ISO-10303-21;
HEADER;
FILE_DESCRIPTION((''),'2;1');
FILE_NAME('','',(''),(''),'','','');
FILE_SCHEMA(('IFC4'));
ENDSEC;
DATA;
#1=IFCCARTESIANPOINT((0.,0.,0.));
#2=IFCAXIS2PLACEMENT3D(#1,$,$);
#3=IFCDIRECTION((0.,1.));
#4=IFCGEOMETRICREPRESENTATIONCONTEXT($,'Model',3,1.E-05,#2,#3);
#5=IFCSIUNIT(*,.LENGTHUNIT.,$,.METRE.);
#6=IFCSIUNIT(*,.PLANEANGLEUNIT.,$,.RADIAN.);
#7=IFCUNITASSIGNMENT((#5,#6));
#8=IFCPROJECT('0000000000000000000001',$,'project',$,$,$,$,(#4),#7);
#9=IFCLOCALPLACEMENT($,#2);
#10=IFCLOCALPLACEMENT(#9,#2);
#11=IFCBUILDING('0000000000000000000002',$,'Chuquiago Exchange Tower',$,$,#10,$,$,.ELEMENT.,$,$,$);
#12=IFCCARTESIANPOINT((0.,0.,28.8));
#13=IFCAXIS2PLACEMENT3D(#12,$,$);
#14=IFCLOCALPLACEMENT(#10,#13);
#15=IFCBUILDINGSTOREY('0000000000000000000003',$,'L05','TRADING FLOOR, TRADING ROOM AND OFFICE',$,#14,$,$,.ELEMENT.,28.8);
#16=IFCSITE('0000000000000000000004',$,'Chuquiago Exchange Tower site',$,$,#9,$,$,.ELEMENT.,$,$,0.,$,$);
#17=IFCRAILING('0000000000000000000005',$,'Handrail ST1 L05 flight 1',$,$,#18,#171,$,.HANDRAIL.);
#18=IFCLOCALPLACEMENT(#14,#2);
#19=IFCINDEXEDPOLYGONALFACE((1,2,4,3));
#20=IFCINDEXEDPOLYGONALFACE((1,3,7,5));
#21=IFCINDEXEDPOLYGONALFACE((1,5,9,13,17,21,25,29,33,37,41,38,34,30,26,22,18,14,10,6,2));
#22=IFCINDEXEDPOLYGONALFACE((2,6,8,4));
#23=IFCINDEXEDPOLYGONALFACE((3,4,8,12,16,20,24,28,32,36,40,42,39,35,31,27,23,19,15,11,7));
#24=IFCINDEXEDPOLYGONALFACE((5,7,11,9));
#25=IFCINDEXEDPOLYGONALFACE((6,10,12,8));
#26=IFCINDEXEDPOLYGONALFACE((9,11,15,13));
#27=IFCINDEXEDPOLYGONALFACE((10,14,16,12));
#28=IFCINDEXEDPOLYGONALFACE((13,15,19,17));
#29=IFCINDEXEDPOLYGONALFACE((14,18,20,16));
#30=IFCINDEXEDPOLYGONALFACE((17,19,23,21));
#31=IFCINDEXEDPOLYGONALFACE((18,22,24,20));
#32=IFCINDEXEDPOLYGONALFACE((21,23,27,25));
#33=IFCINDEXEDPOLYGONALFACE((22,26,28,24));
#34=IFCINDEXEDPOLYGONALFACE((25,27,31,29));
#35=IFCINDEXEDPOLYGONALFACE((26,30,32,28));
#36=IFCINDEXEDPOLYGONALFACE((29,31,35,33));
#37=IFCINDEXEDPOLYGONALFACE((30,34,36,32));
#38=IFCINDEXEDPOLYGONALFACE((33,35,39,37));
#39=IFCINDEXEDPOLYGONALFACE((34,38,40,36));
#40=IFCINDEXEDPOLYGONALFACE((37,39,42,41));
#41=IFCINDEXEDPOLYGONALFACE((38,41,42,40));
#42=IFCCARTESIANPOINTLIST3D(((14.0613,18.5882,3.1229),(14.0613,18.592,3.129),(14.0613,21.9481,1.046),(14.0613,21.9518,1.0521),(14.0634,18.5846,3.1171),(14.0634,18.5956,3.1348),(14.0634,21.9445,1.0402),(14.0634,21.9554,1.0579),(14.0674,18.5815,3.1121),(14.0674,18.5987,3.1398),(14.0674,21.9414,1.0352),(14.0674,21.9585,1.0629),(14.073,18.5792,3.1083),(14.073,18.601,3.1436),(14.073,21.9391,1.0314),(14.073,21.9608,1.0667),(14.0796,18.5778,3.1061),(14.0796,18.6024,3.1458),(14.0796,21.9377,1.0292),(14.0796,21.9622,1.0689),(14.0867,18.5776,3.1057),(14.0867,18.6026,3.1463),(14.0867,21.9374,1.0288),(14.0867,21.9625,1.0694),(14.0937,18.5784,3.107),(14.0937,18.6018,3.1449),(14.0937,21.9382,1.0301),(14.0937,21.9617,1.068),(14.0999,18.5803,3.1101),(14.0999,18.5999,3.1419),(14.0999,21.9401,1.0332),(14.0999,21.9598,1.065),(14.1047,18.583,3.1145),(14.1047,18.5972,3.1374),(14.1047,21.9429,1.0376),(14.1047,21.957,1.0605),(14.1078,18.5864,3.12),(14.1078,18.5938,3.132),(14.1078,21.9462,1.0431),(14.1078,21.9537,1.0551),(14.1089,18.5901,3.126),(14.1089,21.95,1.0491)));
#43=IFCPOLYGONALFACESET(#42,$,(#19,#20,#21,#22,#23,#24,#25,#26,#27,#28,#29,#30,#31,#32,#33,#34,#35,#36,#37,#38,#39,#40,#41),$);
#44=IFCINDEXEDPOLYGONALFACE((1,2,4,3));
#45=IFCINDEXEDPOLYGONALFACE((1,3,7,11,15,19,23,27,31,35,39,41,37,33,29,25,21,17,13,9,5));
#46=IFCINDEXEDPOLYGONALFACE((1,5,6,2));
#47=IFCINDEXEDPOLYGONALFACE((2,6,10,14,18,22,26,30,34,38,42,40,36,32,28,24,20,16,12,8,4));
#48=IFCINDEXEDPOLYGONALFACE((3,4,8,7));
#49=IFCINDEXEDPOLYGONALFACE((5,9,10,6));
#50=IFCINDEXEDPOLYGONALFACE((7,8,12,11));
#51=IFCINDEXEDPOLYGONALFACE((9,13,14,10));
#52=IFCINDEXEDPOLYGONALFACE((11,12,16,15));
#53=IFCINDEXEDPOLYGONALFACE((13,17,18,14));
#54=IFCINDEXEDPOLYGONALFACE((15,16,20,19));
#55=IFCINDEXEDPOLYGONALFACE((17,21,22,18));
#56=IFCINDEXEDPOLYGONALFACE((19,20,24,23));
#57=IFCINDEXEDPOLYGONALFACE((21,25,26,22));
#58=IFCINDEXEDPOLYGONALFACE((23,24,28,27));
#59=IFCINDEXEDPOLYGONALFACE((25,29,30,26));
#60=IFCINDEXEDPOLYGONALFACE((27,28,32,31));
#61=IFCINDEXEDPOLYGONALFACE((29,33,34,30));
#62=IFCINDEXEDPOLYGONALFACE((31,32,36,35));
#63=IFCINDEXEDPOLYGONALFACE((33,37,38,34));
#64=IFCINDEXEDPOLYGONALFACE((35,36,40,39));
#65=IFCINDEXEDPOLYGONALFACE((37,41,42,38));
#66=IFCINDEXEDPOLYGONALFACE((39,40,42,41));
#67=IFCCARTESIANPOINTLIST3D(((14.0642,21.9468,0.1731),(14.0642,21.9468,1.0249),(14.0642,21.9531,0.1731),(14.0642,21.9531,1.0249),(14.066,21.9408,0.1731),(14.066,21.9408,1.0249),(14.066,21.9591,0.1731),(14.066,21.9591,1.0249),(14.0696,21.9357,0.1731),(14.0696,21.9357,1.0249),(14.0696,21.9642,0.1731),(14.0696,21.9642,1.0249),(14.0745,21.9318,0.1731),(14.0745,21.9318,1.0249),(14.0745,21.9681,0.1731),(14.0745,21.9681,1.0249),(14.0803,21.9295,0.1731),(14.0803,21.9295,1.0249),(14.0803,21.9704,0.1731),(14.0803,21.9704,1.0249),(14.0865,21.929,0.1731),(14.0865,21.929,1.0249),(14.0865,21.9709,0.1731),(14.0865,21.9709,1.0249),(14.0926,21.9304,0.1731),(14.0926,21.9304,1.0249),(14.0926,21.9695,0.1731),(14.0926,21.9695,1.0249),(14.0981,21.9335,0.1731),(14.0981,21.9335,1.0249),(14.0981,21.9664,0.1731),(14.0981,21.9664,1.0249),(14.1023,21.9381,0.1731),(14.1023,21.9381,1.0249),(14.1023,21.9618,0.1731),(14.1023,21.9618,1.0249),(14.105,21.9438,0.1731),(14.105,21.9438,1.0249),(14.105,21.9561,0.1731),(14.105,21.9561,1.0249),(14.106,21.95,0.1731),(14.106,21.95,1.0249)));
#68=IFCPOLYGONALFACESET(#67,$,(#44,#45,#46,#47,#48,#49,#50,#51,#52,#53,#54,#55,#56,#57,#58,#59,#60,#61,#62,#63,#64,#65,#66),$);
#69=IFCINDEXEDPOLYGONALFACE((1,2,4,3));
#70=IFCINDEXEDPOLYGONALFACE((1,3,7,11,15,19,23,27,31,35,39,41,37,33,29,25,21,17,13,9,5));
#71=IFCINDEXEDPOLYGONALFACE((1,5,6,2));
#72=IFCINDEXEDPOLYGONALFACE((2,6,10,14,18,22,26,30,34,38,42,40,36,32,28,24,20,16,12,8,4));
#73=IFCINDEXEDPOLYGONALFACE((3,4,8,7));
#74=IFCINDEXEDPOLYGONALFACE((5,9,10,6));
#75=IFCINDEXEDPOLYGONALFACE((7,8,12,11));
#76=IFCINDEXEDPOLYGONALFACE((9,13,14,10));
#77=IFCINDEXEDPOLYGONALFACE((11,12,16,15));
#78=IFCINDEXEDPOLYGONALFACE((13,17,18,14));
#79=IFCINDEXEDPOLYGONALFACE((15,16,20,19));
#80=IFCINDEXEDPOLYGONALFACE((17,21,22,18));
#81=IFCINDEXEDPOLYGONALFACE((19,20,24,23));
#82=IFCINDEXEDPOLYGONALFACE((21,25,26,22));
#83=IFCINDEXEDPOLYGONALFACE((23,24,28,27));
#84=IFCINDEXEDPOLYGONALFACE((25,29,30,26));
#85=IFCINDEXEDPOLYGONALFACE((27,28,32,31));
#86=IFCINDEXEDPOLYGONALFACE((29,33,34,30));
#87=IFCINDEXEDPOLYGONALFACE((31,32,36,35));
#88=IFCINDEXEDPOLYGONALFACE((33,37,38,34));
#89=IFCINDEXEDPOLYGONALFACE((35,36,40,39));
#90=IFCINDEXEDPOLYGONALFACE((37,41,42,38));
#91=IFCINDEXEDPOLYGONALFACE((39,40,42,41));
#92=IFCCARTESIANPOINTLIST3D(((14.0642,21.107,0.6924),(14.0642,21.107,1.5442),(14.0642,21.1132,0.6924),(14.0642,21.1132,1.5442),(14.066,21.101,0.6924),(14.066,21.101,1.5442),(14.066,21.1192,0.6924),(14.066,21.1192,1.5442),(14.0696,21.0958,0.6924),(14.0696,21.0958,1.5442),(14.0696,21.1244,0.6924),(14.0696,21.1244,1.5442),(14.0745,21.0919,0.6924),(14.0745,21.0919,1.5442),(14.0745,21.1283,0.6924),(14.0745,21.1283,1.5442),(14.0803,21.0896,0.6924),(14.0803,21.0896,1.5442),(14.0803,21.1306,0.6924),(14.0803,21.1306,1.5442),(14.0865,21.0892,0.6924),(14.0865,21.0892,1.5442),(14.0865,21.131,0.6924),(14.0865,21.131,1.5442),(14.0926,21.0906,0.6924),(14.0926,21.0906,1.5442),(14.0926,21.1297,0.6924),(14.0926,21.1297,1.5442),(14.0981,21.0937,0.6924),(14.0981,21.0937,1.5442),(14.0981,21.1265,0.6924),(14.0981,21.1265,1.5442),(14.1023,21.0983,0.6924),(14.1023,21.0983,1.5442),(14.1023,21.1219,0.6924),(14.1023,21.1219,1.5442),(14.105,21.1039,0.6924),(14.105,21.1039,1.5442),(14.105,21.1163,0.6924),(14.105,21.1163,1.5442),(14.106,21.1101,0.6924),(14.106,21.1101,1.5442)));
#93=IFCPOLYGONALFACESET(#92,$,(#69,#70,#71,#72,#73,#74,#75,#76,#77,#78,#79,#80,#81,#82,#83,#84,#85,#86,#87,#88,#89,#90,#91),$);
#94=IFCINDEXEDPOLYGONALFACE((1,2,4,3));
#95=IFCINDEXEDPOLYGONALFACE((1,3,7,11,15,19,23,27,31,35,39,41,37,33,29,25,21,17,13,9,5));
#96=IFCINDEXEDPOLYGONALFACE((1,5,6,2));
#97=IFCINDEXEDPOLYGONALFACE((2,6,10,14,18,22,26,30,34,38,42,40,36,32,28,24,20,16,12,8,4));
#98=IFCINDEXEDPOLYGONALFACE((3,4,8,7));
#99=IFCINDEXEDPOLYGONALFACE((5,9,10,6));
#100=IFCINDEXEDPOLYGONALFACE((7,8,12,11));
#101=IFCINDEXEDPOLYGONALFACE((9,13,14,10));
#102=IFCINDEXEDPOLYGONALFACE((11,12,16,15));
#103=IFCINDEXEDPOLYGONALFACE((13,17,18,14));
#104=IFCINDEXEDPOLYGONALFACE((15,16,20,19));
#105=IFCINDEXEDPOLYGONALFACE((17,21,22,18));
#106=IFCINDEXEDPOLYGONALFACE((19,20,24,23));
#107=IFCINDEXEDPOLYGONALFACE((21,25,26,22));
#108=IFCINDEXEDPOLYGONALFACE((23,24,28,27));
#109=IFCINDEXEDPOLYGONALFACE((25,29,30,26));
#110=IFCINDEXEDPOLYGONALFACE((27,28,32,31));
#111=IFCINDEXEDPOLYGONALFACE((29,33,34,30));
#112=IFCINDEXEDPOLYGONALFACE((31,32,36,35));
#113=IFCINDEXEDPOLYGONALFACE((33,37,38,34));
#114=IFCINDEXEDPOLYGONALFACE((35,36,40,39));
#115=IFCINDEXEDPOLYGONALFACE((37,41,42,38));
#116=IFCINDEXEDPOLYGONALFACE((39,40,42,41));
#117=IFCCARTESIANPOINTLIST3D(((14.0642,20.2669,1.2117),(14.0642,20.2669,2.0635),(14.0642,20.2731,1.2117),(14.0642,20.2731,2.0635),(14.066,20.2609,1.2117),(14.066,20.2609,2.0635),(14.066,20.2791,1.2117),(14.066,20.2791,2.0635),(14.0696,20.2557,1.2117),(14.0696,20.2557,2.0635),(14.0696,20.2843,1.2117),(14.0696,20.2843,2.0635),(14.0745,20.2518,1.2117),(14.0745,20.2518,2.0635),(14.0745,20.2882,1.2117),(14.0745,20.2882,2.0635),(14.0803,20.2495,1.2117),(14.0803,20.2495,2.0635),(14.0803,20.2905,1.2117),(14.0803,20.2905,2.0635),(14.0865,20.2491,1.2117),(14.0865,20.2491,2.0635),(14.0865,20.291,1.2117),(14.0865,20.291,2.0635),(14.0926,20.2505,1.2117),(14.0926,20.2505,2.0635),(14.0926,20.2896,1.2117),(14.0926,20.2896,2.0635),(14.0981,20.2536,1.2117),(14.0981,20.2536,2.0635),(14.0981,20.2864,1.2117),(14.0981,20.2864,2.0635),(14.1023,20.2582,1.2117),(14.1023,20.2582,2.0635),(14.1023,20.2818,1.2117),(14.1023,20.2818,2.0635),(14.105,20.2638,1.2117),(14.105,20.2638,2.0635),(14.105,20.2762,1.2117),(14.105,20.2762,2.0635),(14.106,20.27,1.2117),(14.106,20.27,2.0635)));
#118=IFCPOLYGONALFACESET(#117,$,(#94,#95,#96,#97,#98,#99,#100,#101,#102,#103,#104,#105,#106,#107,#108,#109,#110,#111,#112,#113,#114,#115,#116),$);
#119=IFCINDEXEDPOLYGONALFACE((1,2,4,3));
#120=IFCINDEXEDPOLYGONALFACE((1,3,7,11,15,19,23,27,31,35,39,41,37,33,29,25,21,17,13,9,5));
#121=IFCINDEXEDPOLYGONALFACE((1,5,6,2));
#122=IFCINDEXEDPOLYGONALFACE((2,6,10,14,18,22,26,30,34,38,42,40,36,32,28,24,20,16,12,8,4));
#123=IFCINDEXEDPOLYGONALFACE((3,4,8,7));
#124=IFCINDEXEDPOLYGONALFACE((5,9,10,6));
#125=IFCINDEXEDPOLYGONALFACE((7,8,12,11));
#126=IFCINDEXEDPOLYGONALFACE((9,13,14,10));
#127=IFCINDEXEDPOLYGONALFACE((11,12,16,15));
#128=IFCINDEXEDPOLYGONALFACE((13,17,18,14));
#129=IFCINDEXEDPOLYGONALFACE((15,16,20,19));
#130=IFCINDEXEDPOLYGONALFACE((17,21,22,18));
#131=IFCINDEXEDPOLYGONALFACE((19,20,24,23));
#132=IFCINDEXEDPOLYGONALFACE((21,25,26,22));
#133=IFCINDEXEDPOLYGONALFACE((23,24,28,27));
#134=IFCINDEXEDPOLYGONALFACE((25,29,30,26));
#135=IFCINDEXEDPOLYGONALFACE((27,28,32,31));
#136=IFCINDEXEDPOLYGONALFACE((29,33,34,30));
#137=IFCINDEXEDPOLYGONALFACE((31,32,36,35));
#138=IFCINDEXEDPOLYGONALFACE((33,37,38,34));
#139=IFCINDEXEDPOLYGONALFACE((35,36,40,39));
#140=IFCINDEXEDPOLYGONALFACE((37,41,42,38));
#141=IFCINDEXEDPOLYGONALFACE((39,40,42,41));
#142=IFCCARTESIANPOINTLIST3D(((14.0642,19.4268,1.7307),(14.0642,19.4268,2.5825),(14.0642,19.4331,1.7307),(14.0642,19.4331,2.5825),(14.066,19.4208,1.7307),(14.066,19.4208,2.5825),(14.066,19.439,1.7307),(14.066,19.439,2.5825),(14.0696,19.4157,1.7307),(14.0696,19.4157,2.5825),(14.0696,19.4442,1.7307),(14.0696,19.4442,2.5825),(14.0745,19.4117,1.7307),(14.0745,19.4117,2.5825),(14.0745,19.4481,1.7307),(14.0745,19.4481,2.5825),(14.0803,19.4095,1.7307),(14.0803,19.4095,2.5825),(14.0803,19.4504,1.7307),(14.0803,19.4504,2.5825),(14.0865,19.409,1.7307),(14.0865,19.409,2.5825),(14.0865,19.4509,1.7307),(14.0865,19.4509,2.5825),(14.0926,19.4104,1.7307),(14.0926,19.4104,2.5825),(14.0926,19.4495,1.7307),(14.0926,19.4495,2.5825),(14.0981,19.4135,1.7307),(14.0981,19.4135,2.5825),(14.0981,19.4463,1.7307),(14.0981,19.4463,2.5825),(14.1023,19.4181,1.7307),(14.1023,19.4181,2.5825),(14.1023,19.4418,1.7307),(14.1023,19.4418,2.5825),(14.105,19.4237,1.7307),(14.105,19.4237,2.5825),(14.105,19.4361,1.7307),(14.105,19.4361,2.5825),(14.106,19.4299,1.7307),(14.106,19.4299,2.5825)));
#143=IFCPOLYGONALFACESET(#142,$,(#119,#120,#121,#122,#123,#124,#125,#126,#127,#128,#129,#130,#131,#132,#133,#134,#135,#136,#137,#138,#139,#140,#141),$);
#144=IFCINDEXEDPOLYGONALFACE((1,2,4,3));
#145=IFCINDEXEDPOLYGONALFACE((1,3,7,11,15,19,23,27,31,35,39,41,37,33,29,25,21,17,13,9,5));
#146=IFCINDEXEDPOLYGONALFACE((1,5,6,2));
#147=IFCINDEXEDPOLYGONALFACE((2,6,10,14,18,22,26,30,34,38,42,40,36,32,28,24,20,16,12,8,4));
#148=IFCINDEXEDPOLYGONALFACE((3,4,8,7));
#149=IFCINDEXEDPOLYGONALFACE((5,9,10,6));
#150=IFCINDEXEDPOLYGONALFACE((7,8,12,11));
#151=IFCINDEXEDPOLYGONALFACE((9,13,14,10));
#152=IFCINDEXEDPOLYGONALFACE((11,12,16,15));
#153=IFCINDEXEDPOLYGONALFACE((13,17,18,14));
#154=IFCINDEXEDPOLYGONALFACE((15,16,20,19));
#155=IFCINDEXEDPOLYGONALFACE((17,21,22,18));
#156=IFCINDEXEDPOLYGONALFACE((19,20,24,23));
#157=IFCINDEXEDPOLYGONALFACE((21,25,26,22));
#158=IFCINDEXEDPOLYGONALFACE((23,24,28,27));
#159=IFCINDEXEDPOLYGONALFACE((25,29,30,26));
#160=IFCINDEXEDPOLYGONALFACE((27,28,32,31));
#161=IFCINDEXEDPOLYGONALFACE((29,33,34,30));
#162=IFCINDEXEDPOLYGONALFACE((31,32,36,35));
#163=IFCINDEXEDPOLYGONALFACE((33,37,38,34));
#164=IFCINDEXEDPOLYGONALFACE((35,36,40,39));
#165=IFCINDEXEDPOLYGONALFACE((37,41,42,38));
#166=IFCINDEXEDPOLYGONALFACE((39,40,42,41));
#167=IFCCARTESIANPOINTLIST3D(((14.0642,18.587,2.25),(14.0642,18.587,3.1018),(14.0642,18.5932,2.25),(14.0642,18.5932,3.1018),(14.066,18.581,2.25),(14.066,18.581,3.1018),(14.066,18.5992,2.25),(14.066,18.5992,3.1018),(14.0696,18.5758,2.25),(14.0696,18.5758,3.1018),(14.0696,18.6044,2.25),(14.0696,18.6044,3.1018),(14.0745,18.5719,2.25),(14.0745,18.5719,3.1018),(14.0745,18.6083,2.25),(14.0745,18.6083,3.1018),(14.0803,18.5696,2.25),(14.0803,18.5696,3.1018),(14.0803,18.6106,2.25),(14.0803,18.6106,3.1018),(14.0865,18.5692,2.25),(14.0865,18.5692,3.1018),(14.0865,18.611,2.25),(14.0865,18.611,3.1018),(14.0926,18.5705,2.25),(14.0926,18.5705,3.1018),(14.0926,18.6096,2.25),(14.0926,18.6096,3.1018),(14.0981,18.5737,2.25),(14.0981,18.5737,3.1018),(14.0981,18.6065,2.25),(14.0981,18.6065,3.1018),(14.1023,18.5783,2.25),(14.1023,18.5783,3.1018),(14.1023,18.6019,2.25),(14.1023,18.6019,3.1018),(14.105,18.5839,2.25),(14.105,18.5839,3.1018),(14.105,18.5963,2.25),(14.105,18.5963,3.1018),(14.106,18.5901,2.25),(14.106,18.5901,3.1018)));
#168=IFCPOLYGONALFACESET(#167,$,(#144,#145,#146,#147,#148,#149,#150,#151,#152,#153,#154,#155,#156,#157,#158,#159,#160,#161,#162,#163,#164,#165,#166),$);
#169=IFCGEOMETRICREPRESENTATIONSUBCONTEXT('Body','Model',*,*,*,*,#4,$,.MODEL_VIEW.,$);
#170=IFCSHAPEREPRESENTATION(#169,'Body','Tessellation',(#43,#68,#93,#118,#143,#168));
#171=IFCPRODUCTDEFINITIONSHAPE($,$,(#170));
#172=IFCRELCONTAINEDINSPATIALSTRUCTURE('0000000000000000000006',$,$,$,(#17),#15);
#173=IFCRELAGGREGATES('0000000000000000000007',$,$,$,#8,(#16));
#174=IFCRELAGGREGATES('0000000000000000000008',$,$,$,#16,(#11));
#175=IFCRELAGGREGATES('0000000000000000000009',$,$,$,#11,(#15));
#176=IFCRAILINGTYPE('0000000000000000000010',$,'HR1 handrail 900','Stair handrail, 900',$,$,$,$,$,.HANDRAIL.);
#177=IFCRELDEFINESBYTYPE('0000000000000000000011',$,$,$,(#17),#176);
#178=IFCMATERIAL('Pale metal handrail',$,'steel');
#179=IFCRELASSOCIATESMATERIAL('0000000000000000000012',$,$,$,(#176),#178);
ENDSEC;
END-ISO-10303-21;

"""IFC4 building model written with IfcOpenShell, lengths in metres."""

from ifc_helpers import new_model, si_unit, direction, frame, origin, origin_2d, place, context, subcontext, project, spatial, circle, extrude, material, type_object, element, save


model = new_model("IFC4")

# Units and contexts
model_context = context("Model", 3, precision=1e-05, world=origin(), true_north=direction((0.0, 1.0)))
body_context = subcontext(model_context, "Body", "Model", "MODEL_VIEW")
ifc_project = project(units=[si_unit("LENGTHUNIT", "METRE"), si_unit("PLANEANGLEUNIT", "RADIAN")], contexts=[model_context])

# Site, building, storey
site_placement = place(None, origin())
site = spatial("IfcSite", under=ifc_project, at=site_placement, Name="Chuquiago Exchange Tower site", CompositionType="ELEMENT", RefElevation=0.0)
building_placement = place(site_placement, origin())
building = spatial("IfcBuilding", under=site, at=building_placement, Name="Chuquiago Exchange Tower", CompositionType="ELEMENT")
storey_placement = place(building_placement, frame((0.0, 0.0, 28.8)))
storey = spatial("IfcBuildingStorey", under=building, at=storey_placement, Name="L05", Description="TRADING FLOOR, TRADING ROOM AND OFFICE", CompositionType="ELEMENT", Elevation=28.8)

# Railing
ifc_material_1 = material(Name="Pale metal handrail", Category="steel")
railing_type = type_object("IfcRailingType", Name="HR1 handrail 900", Description="Stair handrail, 900", PredefinedType="HANDRAIL", material=ifc_material_1)
for number, where, name in (
    (1, (14.085, 21.95, 0.1731), "Handrail ST1 L05 flight 1"),
):
    element("IfcRailing", number, at=place(storey_placement, frame(where)), inside=storey, type_object=railing_type, Name=name, PredefinedType="HANDRAIL", context=body_context, shape_type="SweptSolid", body=[
        extrude(circle(Radius=0.0239, at=origin_2d()), frame((0.0, 0.0, 0.876), z_axis=(0.0, -0.850606, 0.525803), x_axis=(1.0, 0.0, 0.0)), (0.0, 0.0, 1.0), 3.95),
        extrude(circle(Radius=0.021, at=origin_2d()), origin(), (0.0, 0.0, 1.0), 0.8518),
        extrude(circle(Radius=0.021, at=origin_2d()), frame((0.0, -0.8398, 0.5193)), (0.0, 0.0, 1.0), 0.8518),
        extrude(circle(Radius=0.021, at=origin_2d()), frame((0.0, -1.6799, 1.0386)), (0.0, 0.0, 1.0), 0.8518),
        extrude(circle(Radius=0.021, at=origin_2d()), frame((0.0, -2.52, 1.5576)), (0.0, 0.0, 1.0), 0.8518),
        extrude(circle(Radius=0.021, at=origin_2d()), frame((0.0, -3.3599, 2.0769)), (0.0, 0.0, 1.0), 0.8518),
    ])

save(model, "model.ifc")
